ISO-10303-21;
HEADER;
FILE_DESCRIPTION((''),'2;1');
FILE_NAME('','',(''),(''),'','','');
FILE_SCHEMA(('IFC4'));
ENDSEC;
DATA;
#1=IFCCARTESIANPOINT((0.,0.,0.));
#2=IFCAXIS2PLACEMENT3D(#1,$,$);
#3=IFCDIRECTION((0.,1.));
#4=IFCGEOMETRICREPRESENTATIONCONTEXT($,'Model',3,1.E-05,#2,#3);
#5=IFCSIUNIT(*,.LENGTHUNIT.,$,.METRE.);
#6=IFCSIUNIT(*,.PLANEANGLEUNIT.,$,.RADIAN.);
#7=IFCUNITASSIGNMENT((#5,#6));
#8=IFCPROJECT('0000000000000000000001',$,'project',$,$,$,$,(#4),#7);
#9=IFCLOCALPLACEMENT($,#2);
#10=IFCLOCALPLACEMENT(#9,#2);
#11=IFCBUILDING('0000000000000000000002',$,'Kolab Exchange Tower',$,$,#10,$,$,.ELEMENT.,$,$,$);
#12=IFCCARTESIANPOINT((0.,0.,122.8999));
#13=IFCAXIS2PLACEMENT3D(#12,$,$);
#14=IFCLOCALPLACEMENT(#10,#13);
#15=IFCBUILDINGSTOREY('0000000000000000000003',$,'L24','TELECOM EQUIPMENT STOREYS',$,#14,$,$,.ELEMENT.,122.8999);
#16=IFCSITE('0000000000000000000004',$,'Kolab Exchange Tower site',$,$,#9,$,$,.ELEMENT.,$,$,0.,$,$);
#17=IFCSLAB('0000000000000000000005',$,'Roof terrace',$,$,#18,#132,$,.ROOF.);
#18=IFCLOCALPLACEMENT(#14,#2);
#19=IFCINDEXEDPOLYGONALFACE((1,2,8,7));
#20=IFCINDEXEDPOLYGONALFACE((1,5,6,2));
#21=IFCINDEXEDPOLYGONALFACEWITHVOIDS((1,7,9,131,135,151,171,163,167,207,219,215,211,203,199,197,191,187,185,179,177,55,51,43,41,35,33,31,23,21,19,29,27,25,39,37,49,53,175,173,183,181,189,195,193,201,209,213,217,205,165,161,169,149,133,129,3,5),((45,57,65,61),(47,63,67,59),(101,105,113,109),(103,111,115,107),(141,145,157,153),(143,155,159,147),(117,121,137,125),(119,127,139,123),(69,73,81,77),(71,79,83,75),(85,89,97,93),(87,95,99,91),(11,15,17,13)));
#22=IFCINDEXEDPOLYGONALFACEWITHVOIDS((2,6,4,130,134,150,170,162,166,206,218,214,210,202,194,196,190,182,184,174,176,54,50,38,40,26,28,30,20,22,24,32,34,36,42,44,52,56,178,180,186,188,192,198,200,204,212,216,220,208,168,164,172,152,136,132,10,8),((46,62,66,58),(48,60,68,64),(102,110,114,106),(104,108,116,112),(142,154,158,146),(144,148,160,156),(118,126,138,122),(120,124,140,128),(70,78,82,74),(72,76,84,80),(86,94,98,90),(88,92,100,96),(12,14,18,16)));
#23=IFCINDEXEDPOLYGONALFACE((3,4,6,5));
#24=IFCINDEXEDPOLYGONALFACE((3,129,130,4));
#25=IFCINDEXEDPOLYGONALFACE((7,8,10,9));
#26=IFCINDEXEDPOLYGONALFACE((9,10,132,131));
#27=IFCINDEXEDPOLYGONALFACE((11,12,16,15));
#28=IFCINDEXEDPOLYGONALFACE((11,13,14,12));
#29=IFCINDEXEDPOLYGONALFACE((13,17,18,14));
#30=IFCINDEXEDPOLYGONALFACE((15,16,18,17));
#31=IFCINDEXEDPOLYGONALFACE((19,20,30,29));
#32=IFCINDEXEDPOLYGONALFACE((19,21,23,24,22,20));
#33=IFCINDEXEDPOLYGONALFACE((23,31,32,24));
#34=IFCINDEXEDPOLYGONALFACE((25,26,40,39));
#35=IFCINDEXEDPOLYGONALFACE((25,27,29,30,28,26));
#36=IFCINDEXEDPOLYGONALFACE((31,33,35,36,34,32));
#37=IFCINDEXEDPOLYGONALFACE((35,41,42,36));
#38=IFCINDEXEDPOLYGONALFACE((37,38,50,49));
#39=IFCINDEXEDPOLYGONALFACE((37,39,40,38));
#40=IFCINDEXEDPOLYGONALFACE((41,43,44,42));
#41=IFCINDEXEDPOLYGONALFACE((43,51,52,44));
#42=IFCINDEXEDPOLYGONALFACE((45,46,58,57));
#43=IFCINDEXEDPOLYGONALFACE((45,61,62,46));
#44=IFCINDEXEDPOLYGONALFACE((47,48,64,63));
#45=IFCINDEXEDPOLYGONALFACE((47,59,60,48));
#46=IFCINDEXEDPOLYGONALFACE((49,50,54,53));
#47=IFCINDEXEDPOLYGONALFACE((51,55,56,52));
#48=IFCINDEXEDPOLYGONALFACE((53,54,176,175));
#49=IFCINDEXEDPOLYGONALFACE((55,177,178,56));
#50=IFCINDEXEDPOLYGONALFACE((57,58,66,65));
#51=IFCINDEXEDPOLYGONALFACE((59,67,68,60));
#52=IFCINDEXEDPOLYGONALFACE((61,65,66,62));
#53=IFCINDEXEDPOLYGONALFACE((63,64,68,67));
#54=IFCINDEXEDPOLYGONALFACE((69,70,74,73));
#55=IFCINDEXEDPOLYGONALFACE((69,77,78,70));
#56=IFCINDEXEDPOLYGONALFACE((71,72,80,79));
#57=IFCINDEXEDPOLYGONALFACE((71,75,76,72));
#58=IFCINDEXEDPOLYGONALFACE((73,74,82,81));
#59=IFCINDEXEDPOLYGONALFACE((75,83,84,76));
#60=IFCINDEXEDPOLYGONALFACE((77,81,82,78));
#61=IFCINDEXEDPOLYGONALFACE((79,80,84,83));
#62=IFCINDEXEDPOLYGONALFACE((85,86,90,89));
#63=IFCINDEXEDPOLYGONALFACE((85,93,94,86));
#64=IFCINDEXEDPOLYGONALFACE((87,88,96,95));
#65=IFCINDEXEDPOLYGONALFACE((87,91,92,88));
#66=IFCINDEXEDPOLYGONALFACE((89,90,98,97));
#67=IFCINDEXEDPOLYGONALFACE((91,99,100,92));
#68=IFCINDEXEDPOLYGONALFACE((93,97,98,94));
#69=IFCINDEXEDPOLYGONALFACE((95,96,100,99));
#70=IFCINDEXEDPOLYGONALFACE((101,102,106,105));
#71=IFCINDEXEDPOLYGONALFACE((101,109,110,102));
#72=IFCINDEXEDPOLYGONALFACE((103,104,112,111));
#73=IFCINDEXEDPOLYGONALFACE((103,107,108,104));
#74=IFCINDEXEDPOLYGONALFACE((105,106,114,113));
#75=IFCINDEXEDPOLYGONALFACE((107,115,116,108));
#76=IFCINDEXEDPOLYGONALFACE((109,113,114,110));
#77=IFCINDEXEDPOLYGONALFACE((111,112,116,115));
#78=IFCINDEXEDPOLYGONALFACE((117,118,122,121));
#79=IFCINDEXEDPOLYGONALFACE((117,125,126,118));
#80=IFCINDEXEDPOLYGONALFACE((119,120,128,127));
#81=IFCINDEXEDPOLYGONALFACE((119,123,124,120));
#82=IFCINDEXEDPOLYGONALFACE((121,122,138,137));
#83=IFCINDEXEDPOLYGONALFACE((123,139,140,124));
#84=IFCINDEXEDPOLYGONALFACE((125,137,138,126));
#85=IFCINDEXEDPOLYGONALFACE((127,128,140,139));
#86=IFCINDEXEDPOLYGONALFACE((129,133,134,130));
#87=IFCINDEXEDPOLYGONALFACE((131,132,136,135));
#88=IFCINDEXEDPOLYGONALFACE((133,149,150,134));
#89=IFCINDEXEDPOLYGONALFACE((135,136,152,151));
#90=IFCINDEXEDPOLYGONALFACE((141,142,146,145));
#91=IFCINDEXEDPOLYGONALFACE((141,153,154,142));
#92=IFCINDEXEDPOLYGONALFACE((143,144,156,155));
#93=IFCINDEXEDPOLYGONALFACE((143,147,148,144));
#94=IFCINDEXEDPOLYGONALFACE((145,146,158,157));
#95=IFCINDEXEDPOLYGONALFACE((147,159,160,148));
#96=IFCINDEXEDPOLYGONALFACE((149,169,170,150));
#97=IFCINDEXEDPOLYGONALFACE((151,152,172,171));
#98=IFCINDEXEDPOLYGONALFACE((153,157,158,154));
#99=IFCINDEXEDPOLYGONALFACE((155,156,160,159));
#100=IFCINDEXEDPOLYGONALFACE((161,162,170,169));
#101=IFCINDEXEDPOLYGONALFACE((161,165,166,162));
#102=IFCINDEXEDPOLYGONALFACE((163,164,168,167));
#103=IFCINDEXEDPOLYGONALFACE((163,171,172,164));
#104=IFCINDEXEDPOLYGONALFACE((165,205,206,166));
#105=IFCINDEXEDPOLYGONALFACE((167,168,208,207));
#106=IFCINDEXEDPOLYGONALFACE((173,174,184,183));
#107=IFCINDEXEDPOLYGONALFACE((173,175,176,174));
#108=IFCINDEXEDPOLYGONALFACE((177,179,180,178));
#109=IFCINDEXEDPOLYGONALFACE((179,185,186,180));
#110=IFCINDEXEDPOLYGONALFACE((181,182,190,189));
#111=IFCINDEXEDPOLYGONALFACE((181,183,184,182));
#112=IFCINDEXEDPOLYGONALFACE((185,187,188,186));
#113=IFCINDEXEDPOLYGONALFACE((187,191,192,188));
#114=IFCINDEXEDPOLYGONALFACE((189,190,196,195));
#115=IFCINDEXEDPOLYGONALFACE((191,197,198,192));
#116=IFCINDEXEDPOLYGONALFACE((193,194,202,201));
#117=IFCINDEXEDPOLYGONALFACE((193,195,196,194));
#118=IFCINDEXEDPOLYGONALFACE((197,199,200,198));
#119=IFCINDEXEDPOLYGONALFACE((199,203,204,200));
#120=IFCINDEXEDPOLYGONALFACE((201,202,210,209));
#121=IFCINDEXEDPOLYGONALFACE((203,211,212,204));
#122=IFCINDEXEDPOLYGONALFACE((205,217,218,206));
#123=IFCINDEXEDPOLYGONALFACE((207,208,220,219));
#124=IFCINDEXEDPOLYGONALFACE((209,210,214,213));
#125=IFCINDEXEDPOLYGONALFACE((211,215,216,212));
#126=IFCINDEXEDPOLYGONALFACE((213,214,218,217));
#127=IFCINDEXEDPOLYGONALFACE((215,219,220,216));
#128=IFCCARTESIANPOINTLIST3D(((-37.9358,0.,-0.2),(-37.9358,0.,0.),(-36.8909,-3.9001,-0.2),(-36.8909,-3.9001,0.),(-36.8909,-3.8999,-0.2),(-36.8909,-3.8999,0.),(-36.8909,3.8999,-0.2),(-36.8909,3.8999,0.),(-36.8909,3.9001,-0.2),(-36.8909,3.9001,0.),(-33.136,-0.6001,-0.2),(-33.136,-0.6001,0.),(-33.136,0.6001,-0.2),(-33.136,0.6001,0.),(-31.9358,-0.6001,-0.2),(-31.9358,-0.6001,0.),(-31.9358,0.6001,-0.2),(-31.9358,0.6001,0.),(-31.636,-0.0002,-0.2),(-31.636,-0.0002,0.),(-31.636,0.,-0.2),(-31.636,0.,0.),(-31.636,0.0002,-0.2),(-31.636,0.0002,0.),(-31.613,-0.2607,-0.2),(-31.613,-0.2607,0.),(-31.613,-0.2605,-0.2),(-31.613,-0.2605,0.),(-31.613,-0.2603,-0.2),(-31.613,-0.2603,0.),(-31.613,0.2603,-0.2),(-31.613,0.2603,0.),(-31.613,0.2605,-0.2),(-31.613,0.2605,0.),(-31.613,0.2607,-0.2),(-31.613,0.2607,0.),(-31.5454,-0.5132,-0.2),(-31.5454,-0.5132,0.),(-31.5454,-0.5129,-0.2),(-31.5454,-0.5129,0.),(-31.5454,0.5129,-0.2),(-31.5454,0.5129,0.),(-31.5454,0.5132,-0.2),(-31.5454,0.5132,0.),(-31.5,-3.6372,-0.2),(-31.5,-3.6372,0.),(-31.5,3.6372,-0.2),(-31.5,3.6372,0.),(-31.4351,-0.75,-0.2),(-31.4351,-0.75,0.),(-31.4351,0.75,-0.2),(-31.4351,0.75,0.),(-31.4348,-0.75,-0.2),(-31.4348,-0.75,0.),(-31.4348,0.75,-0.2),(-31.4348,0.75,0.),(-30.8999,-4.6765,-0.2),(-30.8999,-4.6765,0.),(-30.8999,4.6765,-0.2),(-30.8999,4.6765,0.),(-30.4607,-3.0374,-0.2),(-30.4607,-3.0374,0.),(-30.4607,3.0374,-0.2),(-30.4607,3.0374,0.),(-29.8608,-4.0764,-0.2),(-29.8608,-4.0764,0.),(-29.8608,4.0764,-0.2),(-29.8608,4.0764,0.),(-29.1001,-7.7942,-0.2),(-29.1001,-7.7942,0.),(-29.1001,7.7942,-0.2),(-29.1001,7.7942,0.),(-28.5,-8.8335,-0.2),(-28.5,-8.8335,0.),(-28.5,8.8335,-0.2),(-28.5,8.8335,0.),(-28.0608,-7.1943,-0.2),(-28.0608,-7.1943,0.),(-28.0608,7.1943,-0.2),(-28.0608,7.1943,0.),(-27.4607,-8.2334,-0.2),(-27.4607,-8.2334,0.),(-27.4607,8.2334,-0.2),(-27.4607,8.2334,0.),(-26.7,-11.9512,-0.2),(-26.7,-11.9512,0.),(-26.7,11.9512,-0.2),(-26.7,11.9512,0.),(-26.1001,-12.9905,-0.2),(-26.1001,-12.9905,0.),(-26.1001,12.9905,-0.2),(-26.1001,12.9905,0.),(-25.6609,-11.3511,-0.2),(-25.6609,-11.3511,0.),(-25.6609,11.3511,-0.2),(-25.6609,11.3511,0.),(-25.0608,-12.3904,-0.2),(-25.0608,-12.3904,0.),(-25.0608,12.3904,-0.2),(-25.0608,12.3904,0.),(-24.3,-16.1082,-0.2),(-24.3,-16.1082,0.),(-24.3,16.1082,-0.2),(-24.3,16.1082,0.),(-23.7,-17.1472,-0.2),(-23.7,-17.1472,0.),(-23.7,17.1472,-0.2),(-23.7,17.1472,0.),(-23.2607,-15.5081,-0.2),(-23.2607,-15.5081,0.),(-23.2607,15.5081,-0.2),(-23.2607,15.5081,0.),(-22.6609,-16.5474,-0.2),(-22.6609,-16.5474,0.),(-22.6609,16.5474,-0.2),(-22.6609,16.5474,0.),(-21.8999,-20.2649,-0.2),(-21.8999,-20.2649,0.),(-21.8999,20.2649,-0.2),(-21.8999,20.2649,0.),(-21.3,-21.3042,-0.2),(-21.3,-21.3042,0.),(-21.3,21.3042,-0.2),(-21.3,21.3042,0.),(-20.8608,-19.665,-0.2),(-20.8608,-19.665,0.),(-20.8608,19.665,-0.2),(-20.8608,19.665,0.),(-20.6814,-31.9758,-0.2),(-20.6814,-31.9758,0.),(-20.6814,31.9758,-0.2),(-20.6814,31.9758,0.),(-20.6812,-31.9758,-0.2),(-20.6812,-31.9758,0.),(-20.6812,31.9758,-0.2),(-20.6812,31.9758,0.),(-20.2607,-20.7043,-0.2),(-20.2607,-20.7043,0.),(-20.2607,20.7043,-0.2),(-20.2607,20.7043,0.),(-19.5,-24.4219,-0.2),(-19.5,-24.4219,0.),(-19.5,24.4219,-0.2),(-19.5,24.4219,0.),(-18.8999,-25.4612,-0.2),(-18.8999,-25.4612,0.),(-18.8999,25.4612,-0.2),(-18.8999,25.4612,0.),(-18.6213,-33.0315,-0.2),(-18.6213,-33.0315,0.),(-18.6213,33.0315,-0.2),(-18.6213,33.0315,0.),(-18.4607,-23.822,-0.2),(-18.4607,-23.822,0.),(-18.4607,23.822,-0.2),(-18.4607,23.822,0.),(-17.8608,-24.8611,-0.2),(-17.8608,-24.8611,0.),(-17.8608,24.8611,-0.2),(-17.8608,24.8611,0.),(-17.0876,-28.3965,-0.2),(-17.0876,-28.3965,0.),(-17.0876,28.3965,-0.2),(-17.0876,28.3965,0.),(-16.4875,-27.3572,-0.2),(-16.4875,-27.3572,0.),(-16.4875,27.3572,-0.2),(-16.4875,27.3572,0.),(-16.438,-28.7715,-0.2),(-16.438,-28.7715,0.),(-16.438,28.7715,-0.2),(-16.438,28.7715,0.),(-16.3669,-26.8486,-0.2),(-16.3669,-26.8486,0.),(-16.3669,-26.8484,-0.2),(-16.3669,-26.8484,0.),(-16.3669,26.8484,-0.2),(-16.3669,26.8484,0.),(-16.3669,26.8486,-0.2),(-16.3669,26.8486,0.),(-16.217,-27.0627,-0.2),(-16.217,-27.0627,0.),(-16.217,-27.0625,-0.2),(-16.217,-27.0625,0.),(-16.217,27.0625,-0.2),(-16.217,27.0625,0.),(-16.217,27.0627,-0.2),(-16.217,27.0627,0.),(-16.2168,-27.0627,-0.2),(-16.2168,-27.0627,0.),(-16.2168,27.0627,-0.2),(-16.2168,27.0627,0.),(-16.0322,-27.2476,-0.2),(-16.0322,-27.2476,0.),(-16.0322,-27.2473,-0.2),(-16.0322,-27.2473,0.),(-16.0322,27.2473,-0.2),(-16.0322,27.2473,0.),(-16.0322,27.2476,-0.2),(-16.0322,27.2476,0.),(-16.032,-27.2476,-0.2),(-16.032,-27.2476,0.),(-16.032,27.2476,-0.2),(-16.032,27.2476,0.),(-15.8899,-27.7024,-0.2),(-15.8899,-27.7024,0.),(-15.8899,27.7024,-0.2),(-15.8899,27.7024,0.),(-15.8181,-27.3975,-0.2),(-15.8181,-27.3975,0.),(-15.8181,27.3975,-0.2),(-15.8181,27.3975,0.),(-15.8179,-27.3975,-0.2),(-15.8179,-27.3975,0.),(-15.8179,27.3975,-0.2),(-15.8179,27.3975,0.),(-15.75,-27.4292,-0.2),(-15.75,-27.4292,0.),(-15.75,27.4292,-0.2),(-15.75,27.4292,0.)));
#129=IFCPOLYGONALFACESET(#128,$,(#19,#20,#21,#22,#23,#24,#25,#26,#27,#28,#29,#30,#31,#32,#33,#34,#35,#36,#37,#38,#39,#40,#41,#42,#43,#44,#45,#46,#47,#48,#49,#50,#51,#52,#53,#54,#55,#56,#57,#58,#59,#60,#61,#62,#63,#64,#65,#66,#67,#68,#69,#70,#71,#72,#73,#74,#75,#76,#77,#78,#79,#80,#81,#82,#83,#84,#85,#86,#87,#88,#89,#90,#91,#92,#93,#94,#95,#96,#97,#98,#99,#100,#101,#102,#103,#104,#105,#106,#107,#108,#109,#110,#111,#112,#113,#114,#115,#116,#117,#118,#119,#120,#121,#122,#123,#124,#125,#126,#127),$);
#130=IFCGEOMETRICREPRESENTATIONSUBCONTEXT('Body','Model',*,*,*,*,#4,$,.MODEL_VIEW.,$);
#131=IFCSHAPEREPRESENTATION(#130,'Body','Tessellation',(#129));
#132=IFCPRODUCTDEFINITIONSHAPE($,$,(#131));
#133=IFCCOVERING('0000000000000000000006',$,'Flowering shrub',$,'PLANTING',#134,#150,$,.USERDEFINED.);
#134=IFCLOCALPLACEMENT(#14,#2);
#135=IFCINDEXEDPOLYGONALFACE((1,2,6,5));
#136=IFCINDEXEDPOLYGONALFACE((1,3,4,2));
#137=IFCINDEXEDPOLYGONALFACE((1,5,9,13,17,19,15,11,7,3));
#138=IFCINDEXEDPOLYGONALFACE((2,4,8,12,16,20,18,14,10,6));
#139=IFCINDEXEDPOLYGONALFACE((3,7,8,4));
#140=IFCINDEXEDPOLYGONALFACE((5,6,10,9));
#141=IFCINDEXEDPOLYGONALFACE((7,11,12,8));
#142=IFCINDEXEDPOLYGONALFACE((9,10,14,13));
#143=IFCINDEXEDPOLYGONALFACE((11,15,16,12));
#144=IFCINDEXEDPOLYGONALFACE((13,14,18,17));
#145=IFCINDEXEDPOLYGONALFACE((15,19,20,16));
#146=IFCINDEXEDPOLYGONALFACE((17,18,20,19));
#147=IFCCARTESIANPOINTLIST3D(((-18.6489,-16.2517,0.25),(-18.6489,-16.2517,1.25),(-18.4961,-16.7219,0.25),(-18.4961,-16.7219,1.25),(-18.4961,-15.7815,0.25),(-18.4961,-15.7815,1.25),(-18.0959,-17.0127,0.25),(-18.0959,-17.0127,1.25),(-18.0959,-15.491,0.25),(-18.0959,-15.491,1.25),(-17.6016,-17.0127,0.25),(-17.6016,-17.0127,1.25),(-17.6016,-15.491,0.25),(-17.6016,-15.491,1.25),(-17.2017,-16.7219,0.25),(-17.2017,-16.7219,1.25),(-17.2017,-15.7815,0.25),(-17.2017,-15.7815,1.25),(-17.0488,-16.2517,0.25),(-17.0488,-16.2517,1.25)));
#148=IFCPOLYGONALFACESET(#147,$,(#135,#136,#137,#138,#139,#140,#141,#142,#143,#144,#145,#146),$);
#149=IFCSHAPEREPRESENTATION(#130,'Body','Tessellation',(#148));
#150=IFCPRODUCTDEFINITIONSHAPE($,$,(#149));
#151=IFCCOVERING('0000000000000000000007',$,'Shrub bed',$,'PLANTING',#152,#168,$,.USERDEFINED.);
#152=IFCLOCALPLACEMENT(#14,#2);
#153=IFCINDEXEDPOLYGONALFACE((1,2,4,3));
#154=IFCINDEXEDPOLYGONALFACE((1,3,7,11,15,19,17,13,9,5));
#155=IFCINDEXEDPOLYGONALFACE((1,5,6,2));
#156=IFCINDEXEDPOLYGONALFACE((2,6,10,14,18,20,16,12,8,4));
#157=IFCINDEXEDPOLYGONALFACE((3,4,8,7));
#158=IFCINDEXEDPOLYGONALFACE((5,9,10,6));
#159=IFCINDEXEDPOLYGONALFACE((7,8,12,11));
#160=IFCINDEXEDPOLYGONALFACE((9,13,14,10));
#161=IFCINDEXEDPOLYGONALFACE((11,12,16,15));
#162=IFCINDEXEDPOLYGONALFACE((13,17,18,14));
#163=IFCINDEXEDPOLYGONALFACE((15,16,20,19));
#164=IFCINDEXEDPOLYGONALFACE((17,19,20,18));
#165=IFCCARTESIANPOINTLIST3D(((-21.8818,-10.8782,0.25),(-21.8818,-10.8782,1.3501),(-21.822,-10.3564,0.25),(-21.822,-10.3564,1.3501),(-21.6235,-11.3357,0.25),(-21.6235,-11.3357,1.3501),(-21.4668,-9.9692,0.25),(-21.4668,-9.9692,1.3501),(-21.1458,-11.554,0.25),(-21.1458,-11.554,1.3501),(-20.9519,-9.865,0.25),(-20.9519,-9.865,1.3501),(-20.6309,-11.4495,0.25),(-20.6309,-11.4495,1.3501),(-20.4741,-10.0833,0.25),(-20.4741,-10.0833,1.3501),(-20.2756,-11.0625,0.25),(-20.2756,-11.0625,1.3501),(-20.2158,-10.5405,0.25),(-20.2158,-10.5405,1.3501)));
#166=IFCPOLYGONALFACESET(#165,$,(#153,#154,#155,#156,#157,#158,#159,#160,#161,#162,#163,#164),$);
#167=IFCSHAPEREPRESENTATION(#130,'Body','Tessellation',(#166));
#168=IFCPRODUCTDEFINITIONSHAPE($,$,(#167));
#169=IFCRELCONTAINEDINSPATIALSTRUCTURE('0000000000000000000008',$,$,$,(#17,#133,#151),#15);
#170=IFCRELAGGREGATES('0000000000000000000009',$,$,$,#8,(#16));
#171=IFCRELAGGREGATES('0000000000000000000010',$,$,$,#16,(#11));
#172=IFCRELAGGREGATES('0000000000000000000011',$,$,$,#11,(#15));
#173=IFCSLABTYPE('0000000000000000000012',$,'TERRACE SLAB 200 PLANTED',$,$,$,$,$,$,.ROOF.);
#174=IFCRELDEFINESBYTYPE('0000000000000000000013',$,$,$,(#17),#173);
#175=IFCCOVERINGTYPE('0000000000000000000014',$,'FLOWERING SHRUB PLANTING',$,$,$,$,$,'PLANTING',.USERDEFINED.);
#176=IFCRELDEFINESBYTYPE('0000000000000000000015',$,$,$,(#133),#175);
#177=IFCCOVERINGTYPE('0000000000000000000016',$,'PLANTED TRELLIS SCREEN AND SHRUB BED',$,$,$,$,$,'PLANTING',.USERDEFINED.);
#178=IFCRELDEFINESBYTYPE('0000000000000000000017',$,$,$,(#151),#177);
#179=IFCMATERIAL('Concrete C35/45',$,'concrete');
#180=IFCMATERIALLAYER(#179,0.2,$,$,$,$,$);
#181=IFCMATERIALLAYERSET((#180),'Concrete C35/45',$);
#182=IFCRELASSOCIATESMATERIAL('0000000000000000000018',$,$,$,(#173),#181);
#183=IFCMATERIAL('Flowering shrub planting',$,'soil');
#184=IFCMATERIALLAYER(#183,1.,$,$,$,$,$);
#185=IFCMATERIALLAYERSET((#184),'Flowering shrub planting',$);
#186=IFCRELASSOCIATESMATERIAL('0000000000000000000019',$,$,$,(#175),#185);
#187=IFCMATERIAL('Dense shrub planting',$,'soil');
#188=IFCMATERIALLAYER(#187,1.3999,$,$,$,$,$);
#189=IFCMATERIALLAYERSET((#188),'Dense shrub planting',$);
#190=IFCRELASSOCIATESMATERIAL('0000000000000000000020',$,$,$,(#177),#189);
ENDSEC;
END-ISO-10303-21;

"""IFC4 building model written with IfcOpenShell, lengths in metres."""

from ifc_helpers import new_model, si_unit, direction, frame, origin, place, context, subcontext, project, spatial, polyline, outline, extrude, material, layer, layer_set, type_object, element, save


model = new_model("IFC4")

# Units and contexts
model_context = context("Model", 3, precision=1e-05, world=origin(), true_north=direction((0.0, 1.0)))
body_context = subcontext(model_context, "Body", "Model", "MODEL_VIEW")
ifc_project = project(units=[si_unit("LENGTHUNIT", "METRE"), si_unit("PLANEANGLEUNIT", "RADIAN")], contexts=[model_context])

# Site, building, storey
site_placement = place(None, origin())
site = spatial("IfcSite", under=ifc_project, at=site_placement, Name="Kolab Exchange Tower site", CompositionType="ELEMENT", RefElevation=0.0)
building_placement = place(site_placement, origin())
building = spatial("IfcBuilding", under=site, at=building_placement, Name="Kolab Exchange Tower", CompositionType="ELEMENT")
storey_placement = place(building_placement, frame((0.0, 0.0, 122.8999)))
storey = spatial("IfcBuildingStorey", under=building, at=storey_placement, Name="L24", Description="TELECOM EQUIPMENT STOREYS", CompositionType="ELEMENT", Elevation=122.8999)

# Slab
ifc_material_1 = material(Name="Concrete C35/45", Category="concrete")
ifc_layer_1 = layer(ifc_material_1, 0.2)
ifc_layer_set_1 = layer_set([ifc_layer_1], Name="Concrete C35/45")
slab_type_1 = type_object("IfcSlabType", Name="TERRACE SLAB 200 PLANTED", PredefinedType="ROOF", material=ifc_layer_set_1)
slab_1_placement = place(storey_placement, frame((0.0, 0.0, -0.2)))
element("IfcSlab", 1, at=slab_1_placement, inside=storey, type_object=slab_type_1, Name="Roof terrace", PredefinedType="ROOF", context=body_context, shape_type="SweptSolid", body=[
    extrude(outline(polyline([(-37.9358, 0.0), (-36.8909, -3.8999), (-36.8909, -3.9001), (-20.6814, -31.9758), (-20.6812, -31.9758), (-18.6213, -33.0315), (-16.438, -28.7715), (-17.0876, -28.3965), (-16.4875, -27.3572), (-15.8899, -27.7024), (-15.75, -27.4292), (-15.8179, -27.3975), (-15.8181, -27.3975), (-16.032, -27.2476), (-16.0322, -27.2476), (-16.0322, -27.2473), (-16.2168, -27.0627), (-16.217, -27.0627), (-16.217, -27.0625), (-16.3669, -26.8486), (-16.3669, -26.8484), (-31.4348, -0.75), (-31.4351, -0.75), (-31.5454, -0.5132), (-31.5454, -0.5129), (-31.613, -0.2607), (-31.613, -0.2605), (-31.613, -0.2603), (-31.636, -0.0002), (-31.636, 0.0), (-31.636, 0.0002), (-31.613, 0.2603), (-31.613, 0.2605), (-31.613, 0.2607), (-31.5454, 0.5129), (-31.5454, 0.5132), (-31.4351, 0.75), (-31.4348, 0.75), (-16.3669, 26.8484), (-16.3669, 26.8486), (-16.217, 27.0625), (-16.217, 27.0627), (-16.2168, 27.0627), (-16.0322, 27.2473), (-16.0322, 27.2476), (-16.032, 27.2476), (-15.8181, 27.3975), (-15.8179, 27.3975), (-15.75, 27.4292), (-15.8899, 27.7024), (-16.4875, 27.3572), (-17.0876, 28.3965), (-16.438, 28.7715), (-18.6213, 33.0315), (-20.6812, 31.9758), (-20.6814, 31.9758), (-36.8909, 3.9001), (-36.8909, 3.8999), (-37.9358, 0.0)]), holes=[polyline([(-19.5, -24.4219), (-18.4607, -23.822), (-17.8608, -24.8611), (-18.8999, -25.4612), (-19.5, -24.4219)]), polyline([(-21.8999, -20.2649), (-20.8608, -19.665), (-20.2607, -20.7043), (-21.3, -21.3042), (-21.8999, -20.2649)]), polyline([(-24.3, -16.1082), (-23.2607, -15.5081), (-22.6609, -16.5474), (-23.7, -17.1472), (-24.3, -16.1082)]), polyline([(-26.7, -11.9512), (-25.6609, -11.3511), (-25.0608, -12.3904), (-26.1001, -12.9905), (-26.7, -11.9512)]), polyline([(-28.0608, -7.1943), (-27.4607, -8.2334), (-28.5, -8.8335), (-29.1001, -7.7942), (-28.0608, -7.1943)]), polyline([(-30.4607, -3.0374), (-29.8608, -4.0764), (-30.8999, -4.6765), (-31.5, -3.6372), (-30.4607, -3.0374)]), polyline([(-33.136, 0.6001), (-31.9358, 0.6001), (-31.9358, -0.6001), (-33.136, -0.6001), (-33.136, 0.6001)]), polyline([(-30.8999, 4.6765), (-29.8608, 4.0764), (-30.4607, 3.0374), (-31.5, 3.6372), (-30.8999, 4.6765)]), polyline([(-29.1001, 7.7942), (-28.5, 8.8335), (-27.4607, 8.2334), (-28.0608, 7.1943), (-29.1001, 7.7942)]), polyline([(-26.7, 11.9512), (-26.1001, 12.9905), (-25.0608, 12.3904), (-25.6609, 11.3511), (-26.7, 11.9512)]), polyline([(-24.3, 16.1082), (-23.7, 17.1472), (-22.6609, 16.5474), (-23.2607, 15.5081), (-24.3, 16.1082)]), polyline([(-21.8999, 20.2649), (-21.3, 21.3042), (-20.2607, 20.7043), (-20.8608, 19.665), (-21.8999, 20.2649)]), polyline([(-18.8999, 25.4612), (-17.8608, 24.8611), (-18.4607, 23.822), (-19.5, 24.4219), (-18.8999, 25.4612)])]), origin(), (0.0, 0.0, 1.0), 0.2),
])

# Coverings
ifc_material_2 = material(Name="Flowering shrub planting", Category="soil")
ifc_layer_2 = layer(ifc_material_2, 1.0)
ifc_layer_set_2 = layer_set([ifc_layer_2], Name="Flowering shrub planting")
covering_type_1 = type_object("IfcCoveringType", Name="FLOWERING SHRUB PLANTING", ElementType="PLANTING", PredefinedType="USERDEFINED", material=ifc_layer_set_2)
covering_1_placement = place(storey_placement, frame((0.0, 0.0, 0.25)))
element("IfcCovering", 2, at=covering_1_placement, inside=storey, type_object=covering_type_1, Name="Flowering shrub", ObjectType="PLANTING", PredefinedType="USERDEFINED", context=body_context, shape_type="SweptSolid", body=[
    extrude(outline(polyline([(-17.0488, -16.2517), (-17.2017, -15.7815), (-17.6016, -15.491), (-18.0959, -15.491), (-18.4961, -15.7815), (-18.6489, -16.2517), (-18.4961, -16.7219), (-18.0959, -17.0127), (-17.6016, -17.0127), (-17.2017, -16.7219), (-17.0488, -16.2517)])), origin(), (0.0, 0.0, 1.0), 1.0),
])
ifc_material_3 = material(Name="Dense shrub planting", Category="soil")
ifc_layer_3 = layer(ifc_material_3, 1.3999)
ifc_layer_set_3 = layer_set([ifc_layer_3], Name="Dense shrub planting")
covering_type_2 = type_object("IfcCoveringType", Name="PLANTED TRELLIS SCREEN AND SHRUB BED", ElementType="PLANTING", PredefinedType="USERDEFINED", material=ifc_layer_set_3)
covering_2_placement = place(storey_placement, frame((0.0, 0.0, 0.25)))
element("IfcCovering", 3, at=covering_2_placement, inside=storey, type_object=covering_type_2, Name="Shrub bed", ObjectType="PLANTING", PredefinedType="USERDEFINED", context=body_context, shape_type="SweptSolid", body=[
    extrude(outline(polyline([(-20.2158, -10.5405), (-20.4741, -10.0833), (-20.9519, -9.865), (-21.4668, -9.9692), (-21.822, -10.3564), (-21.8818, -10.8782), (-21.6235, -11.3357), (-21.1458, -11.554), (-20.6309, -11.4495), (-20.2756, -11.0625), (-20.2158, -10.5405)])), origin(), (0.0, 0.0, 1.0), 1.1001),
])

save(model, "model.ifc")
